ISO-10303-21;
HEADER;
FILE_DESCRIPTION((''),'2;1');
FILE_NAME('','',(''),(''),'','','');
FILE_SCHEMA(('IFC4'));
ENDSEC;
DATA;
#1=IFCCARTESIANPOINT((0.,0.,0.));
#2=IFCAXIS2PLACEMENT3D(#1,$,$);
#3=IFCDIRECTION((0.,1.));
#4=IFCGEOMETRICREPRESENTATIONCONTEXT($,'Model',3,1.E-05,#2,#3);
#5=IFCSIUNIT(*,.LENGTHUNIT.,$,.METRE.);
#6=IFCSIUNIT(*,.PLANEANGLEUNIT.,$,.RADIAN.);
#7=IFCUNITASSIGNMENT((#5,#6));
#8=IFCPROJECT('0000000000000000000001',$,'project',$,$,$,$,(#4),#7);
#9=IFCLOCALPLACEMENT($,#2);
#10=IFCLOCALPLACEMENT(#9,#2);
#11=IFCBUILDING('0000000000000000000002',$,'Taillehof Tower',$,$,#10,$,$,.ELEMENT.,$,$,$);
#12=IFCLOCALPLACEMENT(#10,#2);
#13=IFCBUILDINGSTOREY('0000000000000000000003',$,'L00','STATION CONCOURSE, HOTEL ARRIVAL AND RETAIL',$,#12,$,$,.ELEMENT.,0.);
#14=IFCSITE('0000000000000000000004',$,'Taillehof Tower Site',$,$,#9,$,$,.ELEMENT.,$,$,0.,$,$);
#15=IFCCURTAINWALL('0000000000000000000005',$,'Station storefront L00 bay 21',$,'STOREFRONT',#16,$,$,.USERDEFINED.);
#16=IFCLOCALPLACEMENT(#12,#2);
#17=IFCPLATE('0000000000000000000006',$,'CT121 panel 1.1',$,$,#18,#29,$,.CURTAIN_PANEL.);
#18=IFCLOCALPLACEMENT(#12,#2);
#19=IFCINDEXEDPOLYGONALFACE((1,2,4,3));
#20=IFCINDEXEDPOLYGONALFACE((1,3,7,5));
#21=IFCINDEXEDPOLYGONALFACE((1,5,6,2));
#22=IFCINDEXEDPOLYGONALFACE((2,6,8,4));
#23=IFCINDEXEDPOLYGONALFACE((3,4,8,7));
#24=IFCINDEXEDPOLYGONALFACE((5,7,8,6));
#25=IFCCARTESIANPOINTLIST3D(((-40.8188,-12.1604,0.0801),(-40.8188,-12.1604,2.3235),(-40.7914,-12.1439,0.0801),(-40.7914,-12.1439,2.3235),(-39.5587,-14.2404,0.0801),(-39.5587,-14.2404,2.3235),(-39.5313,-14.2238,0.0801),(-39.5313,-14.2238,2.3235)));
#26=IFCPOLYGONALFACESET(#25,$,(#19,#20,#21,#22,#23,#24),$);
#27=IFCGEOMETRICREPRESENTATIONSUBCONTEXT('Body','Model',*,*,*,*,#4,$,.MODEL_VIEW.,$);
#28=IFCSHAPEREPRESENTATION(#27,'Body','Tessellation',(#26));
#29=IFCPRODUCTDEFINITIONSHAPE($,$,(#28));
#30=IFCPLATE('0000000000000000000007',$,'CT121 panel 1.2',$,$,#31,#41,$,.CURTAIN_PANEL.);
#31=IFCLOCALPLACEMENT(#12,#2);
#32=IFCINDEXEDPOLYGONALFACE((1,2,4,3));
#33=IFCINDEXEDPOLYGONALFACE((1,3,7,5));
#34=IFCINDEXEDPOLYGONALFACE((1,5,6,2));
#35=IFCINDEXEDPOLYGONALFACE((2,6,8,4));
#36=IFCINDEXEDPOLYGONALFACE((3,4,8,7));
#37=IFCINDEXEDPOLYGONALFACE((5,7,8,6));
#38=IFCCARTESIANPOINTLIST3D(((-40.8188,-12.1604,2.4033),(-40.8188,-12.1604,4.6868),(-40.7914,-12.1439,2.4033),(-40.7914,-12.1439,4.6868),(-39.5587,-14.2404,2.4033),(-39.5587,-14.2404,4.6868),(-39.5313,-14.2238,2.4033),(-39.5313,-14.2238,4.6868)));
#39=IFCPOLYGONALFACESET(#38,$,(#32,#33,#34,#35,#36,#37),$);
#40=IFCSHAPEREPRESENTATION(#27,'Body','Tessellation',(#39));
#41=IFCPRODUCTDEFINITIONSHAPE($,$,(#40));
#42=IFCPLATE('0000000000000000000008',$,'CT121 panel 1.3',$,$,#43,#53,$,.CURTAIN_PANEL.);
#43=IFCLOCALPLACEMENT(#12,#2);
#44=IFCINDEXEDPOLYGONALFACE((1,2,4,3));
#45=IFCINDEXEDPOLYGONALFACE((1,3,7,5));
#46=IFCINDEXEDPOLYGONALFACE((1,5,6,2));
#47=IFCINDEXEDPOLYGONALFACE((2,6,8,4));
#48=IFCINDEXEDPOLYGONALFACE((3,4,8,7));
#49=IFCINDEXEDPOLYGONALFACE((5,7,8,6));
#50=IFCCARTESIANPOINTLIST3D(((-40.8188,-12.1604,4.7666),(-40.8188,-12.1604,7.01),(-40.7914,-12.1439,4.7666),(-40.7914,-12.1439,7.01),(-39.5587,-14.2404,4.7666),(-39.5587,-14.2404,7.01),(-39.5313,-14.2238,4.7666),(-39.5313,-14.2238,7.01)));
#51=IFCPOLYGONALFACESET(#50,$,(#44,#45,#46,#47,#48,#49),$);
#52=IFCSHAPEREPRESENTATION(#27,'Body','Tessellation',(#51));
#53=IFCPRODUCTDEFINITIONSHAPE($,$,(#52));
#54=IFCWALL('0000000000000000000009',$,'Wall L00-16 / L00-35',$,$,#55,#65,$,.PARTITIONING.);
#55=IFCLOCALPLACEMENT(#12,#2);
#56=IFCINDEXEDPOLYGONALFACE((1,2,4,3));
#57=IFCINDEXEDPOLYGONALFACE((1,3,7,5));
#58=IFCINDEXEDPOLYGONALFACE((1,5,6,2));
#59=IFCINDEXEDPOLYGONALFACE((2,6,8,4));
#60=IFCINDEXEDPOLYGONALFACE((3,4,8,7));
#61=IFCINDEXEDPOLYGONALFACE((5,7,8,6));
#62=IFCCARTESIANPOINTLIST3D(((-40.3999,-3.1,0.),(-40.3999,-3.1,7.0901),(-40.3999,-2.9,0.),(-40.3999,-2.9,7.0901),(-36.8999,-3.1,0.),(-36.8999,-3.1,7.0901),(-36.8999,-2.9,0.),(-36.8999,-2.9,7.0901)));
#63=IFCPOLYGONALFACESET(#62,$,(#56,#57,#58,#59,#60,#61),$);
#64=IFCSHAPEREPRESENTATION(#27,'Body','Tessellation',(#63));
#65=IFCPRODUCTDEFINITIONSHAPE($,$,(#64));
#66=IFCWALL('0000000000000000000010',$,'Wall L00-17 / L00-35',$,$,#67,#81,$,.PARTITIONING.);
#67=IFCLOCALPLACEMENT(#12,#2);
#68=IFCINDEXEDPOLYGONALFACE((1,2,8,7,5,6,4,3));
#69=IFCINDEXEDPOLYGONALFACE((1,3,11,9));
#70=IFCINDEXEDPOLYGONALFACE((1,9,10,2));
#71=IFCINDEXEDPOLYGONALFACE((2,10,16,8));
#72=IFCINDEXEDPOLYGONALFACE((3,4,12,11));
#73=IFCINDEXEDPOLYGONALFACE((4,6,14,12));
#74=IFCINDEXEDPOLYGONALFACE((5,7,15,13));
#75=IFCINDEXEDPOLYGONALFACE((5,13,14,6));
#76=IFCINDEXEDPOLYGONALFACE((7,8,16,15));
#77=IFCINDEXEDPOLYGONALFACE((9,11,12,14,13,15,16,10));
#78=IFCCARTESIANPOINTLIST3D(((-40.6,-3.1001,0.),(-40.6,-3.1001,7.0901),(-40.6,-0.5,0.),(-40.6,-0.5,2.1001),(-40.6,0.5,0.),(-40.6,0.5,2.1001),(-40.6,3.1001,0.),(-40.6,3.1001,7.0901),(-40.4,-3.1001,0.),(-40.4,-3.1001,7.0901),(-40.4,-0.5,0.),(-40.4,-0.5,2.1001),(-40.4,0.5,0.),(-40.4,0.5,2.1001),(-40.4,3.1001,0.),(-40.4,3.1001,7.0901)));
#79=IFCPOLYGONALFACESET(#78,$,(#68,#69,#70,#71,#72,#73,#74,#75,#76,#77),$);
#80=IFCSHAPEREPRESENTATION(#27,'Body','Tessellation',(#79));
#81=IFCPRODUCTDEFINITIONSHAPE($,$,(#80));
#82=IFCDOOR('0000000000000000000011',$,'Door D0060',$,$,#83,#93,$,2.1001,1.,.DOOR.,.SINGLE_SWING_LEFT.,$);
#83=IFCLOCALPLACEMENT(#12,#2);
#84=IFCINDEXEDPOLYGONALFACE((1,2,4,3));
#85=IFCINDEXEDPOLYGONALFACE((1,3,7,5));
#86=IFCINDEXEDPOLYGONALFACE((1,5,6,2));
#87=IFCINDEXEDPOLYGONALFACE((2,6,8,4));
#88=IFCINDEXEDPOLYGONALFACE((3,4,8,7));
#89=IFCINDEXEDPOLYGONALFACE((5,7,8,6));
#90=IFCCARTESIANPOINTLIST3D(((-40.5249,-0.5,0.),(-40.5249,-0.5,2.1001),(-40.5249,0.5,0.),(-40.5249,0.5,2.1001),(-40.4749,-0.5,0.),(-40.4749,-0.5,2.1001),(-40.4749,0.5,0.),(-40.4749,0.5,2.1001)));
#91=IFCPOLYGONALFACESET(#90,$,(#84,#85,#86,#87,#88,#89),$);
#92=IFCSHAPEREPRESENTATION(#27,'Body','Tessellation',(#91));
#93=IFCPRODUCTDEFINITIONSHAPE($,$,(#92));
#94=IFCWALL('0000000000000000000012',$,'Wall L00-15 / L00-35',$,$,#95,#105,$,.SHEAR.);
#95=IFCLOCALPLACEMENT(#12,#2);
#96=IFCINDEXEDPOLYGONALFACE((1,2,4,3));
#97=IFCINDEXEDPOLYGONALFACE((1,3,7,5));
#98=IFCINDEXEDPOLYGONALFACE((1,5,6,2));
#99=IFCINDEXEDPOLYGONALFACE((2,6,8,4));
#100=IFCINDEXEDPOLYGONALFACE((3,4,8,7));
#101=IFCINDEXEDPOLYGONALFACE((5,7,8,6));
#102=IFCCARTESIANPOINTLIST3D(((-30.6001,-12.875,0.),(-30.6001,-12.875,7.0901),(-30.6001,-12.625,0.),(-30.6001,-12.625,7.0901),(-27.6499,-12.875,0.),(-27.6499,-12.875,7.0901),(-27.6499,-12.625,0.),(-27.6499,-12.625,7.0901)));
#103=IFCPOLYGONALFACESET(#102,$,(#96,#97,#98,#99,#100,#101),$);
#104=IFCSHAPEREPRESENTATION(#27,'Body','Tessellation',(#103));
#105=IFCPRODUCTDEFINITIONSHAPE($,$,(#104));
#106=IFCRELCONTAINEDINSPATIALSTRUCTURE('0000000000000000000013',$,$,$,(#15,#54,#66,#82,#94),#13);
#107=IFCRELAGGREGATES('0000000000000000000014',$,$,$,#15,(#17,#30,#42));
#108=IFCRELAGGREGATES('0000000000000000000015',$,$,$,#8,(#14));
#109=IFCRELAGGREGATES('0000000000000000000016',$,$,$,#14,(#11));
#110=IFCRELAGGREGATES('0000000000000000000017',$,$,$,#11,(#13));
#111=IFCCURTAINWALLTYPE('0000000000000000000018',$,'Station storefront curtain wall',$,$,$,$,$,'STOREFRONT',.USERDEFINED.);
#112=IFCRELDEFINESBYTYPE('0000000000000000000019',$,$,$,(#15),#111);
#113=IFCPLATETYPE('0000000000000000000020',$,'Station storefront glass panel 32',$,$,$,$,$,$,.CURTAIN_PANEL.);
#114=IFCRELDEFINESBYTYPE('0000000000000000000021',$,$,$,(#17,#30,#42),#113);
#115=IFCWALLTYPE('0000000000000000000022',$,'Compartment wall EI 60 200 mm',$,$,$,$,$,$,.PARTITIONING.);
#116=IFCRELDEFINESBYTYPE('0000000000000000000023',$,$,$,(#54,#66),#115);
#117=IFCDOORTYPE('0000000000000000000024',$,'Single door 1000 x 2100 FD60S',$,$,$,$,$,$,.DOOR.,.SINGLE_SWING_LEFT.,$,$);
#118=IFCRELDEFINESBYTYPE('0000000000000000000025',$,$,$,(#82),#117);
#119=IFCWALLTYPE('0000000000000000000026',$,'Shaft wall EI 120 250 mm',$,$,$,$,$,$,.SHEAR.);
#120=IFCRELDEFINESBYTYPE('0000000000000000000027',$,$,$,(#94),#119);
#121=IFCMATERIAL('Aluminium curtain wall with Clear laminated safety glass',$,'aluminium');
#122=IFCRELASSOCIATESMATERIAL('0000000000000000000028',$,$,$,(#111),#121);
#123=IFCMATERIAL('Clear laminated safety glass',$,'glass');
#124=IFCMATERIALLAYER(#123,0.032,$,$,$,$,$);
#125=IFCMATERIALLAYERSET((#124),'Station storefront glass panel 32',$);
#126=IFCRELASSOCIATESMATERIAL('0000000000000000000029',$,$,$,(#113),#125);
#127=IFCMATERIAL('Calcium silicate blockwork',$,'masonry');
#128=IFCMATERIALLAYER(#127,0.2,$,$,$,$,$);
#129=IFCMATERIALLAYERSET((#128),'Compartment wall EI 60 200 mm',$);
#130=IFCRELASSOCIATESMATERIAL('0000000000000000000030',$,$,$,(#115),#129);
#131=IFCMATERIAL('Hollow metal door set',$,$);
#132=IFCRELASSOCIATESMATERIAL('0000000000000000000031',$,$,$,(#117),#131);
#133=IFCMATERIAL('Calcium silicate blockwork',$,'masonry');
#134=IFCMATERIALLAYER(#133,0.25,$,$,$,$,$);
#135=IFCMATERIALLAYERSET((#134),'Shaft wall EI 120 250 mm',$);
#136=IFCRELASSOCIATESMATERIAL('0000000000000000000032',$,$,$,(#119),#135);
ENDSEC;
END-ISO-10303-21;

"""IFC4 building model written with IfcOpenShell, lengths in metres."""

from ifc_helpers import new_model, si_unit, direction, frame, frame_2d, origin, origin_2d, place, context, subcontext, project, spatial, rectangle, extrude, material, layer, layer_set, type_object, element, fill, aggregate, save


model = new_model("IFC4")

# Units and contexts
model_context = context("Model", 3, precision=1e-05, world=origin(), true_north=direction((0.0, 1.0)))
body_context = subcontext(model_context, "Body", "Model", "MODEL_VIEW")
ifc_project = project(units=[si_unit("LENGTHUNIT", "METRE"), si_unit("PLANEANGLEUNIT", "RADIAN")], contexts=[model_context])

# Site, building, storey
site_placement = place(None, origin())
site = spatial("IfcSite", under=ifc_project, at=site_placement, Name="Taillehof Tower Site", CompositionType="ELEMENT", RefElevation=0.0)
building_placement = place(site_placement, origin())
building = spatial("IfcBuilding", under=site, at=building_placement, Name="Taillehof Tower", CompositionType="ELEMENT")
storey_placement = place(building_placement, origin())
storey = spatial("IfcBuildingStorey", under=building, at=storey_placement, Name="L00", Description="STATION CONCOURSE, HOTEL ARRIVAL AND RETAIL", CompositionType="ELEMENT", Elevation=0.0)

# Curtain wall
ifc_material_1 = material(Name="Aluminium curtain wall with Clear laminated safety glass", Category="aluminium")
curtain_wall_type = type_object("IfcCurtainWallType", Name="Station storefront curtain wall", ElementType="STOREFRONT", PredefinedType="USERDEFINED", material=ifc_material_1)
curtain_wall_1_placement = place(storey_placement, origin())
curtain_wall_1 = element("IfcCurtainWall", 1, at=curtain_wall_1_placement, inside=storey, type_object=curtain_wall_type, Name="Station storefront L00 bay 21", ObjectType="STOREFRONT", PredefinedType="USERDEFINED")

# Plates
ifc_material_2 = material(Name="Clear laminated safety glass", Category="glass")
ifc_layer_1 = layer(ifc_material_2, 0.032)
ifc_layer_set_1 = layer_set([ifc_layer_1], Name="Station storefront glass panel 32")
plate_type = type_object("IfcPlateType", Name="Station storefront glass panel 32", PredefinedType="CURTAIN_PANEL", material=ifc_layer_set_1)
plate_1_placement = place(storey_placement, frame((-40.175, -13.1921, 0.0801), z_axis=(0.0, 0.0, 1.0), x_axis=(0.518151, -0.855289, 0.0)))
plate_1 = element("IfcPlate", 2, at=plate_1_placement, type_object=plate_type, Name="CT121 panel 1.1", PredefinedType="CURTAIN_PANEL", context=body_context, shape_type="SweptSolid", body=[
    extrude(rectangle(XDim=2.4319, YDim=0.032, at=origin_2d()), origin(), (0.0, 0.0, 1.0), 2.2434),
])
plate_2_placement = place(storey_placement, frame((-40.175, -13.1921, 2.4033), z_axis=(0.0, 0.0, 1.0), x_axis=(0.518151, -0.855289, 0.0)))
plate_2 = element("IfcPlate", 3, at=plate_2_placement, type_object=plate_type, Name="CT121 panel 1.2", PredefinedType="CURTAIN_PANEL", context=body_context, shape_type="SweptSolid", body=[
    extrude(rectangle(XDim=2.4319, YDim=0.032, at=origin_2d()), origin(), (0.0, 0.0, 1.0), 2.2834),
])
plate_3_placement = place(storey_placement, frame((-40.175, -13.1921, 4.7666), z_axis=(0.0, 0.0, 1.0), x_axis=(0.518151, -0.855289, 0.0)))
plate_3 = element("IfcPlate", 4, at=plate_3_placement, type_object=plate_type, Name="CT121 panel 1.3", PredefinedType="CURTAIN_PANEL", context=body_context, shape_type="SweptSolid", body=[
    extrude(rectangle(XDim=2.4319, YDim=0.032, at=origin_2d()), origin(), (0.0, 0.0, 1.0), 2.2434),
])
aggregate(curtain_wall_1, [plate_1, plate_2, plate_3])

# Wall
ifc_material_3 = material(Name="Calcium silicate blockwork", Category="masonry")
ifc_layer_2 = layer(ifc_material_3, 0.2)
ifc_layer_set_2 = layer_set([ifc_layer_2], Name="Compartment wall EI 60 200 mm")
wall_type_1 = type_object("IfcWallType", Name="Compartment wall EI 60 200 mm", PredefinedType="PARTITIONING", material=ifc_layer_set_2)
wall_1_placement = place(storey_placement, frame((-40.3999, -3.0, 0.0), z_axis=(0.0, 0.0, 1.0), x_axis=(1.0, 0.0, 0.0)))
element("IfcWall", 5, at=wall_1_placement, inside=storey, type_object=wall_type_1, Name="Wall L00-16 / L00-35", PredefinedType="PARTITIONING", context=body_context, shape_type="SweptSolid", body=[
    extrude(rectangle(XDim=3.5, YDim=0.2, at=frame_2d((1.75, 0.0))), origin(), (0.0, 0.0, 1.0), 7.0901),
])

# Wall, opening, door
wall_2_placement = place(storey_placement, frame((-40.5, -3.1001, 0.0), z_axis=(0.0, 0.0, 1.0), x_axis=(0.0, 1.0, 0.0)))
wall_2 = element("IfcWall", 6, at=wall_2_placement, inside=storey, type_object=wall_type_1, Name="Wall L00-17 / L00-35", PredefinedType="PARTITIONING", context=body_context, shape_type="SweptSolid", body=[
    extrude(rectangle(XDim=6.2002, YDim=0.2, at=frame_2d((3.1001, 0.0))), origin(), (0.0, 0.0, 1.0), 7.0901),
])
opening_placement = place(wall_2_placement, frame((2.6001, 0.0, 0.0)))
opening = element("IfcOpeningElement", 7, at=opening_placement, cuts=wall_2, PredefinedType="OPENING", context=body_context, shape_type="SweptSolid", body=[
    extrude(rectangle(XDim=1.0, YDim=2.1001, at=frame_2d((0.5, 1.05))), frame((0.0, 0.1099, 0.0), z_axis=(0.0, -1.0, 0.0), x_axis=(1.0, 0.0, 0.0)), (0.0, 0.0, 1.0), 0.22),
])
ifc_material_4 = material(Name="Hollow metal door set")
door_type = type_object("IfcDoorType", Name="Single door 1000 x 2100 FD60S", OperationType="SINGLE_SWING_LEFT", PredefinedType="DOOR", material=ifc_material_4)
door_placement = place(opening_placement, origin())
door = element("IfcDoor", 8, at=door_placement, inside=storey, type_object=door_type, Name="Door D0060", OperationType="SINGLE_SWING_LEFT", OverallHeight=2.1001, OverallWidth=1.0, PredefinedType="DOOR", context=body_context, shape_type="SweptSolid", body=[
    extrude(rectangle(XDim=1.0, YDim=2.1001, at=frame_2d((0.5, 1.05))), frame((0.0, 0.0249, 0.0), z_axis=(0.0, -1.0, 0.0), x_axis=(1.0, 0.0, 0.0)), (0.0, 0.0, 1.0), 0.05),
])
fill(opening, door)

# Wall
ifc_material_5 = material(Name="Calcium silicate blockwork", Category="masonry")
ifc_layer_3 = layer(ifc_material_5, 0.25)
ifc_layer_set_3 = layer_set([ifc_layer_3], Name="Shaft wall EI 120 250 mm")
wall_type_2 = type_object("IfcWallType", Name="Shaft wall EI 120 250 mm", PredefinedType="SHEAR", material=ifc_layer_set_3)
wall_3_placement = place(storey_placement, frame((-30.6001, -12.75, 0.0), z_axis=(0.0, 0.0, 1.0), x_axis=(1.0, 0.0, 0.0)))
element("IfcWall", 9, at=wall_3_placement, inside=storey, type_object=wall_type_2, Name="Wall L00-15 / L00-35", PredefinedType="SHEAR", context=body_context, shape_type="SweptSolid", body=[
    extrude(rectangle(XDim=2.9502, YDim=0.25, at=frame_2d((1.4751, 0.0))), origin(), (0.0, 0.0, 1.0), 7.0901),
])

save(model, "model.ifc")
